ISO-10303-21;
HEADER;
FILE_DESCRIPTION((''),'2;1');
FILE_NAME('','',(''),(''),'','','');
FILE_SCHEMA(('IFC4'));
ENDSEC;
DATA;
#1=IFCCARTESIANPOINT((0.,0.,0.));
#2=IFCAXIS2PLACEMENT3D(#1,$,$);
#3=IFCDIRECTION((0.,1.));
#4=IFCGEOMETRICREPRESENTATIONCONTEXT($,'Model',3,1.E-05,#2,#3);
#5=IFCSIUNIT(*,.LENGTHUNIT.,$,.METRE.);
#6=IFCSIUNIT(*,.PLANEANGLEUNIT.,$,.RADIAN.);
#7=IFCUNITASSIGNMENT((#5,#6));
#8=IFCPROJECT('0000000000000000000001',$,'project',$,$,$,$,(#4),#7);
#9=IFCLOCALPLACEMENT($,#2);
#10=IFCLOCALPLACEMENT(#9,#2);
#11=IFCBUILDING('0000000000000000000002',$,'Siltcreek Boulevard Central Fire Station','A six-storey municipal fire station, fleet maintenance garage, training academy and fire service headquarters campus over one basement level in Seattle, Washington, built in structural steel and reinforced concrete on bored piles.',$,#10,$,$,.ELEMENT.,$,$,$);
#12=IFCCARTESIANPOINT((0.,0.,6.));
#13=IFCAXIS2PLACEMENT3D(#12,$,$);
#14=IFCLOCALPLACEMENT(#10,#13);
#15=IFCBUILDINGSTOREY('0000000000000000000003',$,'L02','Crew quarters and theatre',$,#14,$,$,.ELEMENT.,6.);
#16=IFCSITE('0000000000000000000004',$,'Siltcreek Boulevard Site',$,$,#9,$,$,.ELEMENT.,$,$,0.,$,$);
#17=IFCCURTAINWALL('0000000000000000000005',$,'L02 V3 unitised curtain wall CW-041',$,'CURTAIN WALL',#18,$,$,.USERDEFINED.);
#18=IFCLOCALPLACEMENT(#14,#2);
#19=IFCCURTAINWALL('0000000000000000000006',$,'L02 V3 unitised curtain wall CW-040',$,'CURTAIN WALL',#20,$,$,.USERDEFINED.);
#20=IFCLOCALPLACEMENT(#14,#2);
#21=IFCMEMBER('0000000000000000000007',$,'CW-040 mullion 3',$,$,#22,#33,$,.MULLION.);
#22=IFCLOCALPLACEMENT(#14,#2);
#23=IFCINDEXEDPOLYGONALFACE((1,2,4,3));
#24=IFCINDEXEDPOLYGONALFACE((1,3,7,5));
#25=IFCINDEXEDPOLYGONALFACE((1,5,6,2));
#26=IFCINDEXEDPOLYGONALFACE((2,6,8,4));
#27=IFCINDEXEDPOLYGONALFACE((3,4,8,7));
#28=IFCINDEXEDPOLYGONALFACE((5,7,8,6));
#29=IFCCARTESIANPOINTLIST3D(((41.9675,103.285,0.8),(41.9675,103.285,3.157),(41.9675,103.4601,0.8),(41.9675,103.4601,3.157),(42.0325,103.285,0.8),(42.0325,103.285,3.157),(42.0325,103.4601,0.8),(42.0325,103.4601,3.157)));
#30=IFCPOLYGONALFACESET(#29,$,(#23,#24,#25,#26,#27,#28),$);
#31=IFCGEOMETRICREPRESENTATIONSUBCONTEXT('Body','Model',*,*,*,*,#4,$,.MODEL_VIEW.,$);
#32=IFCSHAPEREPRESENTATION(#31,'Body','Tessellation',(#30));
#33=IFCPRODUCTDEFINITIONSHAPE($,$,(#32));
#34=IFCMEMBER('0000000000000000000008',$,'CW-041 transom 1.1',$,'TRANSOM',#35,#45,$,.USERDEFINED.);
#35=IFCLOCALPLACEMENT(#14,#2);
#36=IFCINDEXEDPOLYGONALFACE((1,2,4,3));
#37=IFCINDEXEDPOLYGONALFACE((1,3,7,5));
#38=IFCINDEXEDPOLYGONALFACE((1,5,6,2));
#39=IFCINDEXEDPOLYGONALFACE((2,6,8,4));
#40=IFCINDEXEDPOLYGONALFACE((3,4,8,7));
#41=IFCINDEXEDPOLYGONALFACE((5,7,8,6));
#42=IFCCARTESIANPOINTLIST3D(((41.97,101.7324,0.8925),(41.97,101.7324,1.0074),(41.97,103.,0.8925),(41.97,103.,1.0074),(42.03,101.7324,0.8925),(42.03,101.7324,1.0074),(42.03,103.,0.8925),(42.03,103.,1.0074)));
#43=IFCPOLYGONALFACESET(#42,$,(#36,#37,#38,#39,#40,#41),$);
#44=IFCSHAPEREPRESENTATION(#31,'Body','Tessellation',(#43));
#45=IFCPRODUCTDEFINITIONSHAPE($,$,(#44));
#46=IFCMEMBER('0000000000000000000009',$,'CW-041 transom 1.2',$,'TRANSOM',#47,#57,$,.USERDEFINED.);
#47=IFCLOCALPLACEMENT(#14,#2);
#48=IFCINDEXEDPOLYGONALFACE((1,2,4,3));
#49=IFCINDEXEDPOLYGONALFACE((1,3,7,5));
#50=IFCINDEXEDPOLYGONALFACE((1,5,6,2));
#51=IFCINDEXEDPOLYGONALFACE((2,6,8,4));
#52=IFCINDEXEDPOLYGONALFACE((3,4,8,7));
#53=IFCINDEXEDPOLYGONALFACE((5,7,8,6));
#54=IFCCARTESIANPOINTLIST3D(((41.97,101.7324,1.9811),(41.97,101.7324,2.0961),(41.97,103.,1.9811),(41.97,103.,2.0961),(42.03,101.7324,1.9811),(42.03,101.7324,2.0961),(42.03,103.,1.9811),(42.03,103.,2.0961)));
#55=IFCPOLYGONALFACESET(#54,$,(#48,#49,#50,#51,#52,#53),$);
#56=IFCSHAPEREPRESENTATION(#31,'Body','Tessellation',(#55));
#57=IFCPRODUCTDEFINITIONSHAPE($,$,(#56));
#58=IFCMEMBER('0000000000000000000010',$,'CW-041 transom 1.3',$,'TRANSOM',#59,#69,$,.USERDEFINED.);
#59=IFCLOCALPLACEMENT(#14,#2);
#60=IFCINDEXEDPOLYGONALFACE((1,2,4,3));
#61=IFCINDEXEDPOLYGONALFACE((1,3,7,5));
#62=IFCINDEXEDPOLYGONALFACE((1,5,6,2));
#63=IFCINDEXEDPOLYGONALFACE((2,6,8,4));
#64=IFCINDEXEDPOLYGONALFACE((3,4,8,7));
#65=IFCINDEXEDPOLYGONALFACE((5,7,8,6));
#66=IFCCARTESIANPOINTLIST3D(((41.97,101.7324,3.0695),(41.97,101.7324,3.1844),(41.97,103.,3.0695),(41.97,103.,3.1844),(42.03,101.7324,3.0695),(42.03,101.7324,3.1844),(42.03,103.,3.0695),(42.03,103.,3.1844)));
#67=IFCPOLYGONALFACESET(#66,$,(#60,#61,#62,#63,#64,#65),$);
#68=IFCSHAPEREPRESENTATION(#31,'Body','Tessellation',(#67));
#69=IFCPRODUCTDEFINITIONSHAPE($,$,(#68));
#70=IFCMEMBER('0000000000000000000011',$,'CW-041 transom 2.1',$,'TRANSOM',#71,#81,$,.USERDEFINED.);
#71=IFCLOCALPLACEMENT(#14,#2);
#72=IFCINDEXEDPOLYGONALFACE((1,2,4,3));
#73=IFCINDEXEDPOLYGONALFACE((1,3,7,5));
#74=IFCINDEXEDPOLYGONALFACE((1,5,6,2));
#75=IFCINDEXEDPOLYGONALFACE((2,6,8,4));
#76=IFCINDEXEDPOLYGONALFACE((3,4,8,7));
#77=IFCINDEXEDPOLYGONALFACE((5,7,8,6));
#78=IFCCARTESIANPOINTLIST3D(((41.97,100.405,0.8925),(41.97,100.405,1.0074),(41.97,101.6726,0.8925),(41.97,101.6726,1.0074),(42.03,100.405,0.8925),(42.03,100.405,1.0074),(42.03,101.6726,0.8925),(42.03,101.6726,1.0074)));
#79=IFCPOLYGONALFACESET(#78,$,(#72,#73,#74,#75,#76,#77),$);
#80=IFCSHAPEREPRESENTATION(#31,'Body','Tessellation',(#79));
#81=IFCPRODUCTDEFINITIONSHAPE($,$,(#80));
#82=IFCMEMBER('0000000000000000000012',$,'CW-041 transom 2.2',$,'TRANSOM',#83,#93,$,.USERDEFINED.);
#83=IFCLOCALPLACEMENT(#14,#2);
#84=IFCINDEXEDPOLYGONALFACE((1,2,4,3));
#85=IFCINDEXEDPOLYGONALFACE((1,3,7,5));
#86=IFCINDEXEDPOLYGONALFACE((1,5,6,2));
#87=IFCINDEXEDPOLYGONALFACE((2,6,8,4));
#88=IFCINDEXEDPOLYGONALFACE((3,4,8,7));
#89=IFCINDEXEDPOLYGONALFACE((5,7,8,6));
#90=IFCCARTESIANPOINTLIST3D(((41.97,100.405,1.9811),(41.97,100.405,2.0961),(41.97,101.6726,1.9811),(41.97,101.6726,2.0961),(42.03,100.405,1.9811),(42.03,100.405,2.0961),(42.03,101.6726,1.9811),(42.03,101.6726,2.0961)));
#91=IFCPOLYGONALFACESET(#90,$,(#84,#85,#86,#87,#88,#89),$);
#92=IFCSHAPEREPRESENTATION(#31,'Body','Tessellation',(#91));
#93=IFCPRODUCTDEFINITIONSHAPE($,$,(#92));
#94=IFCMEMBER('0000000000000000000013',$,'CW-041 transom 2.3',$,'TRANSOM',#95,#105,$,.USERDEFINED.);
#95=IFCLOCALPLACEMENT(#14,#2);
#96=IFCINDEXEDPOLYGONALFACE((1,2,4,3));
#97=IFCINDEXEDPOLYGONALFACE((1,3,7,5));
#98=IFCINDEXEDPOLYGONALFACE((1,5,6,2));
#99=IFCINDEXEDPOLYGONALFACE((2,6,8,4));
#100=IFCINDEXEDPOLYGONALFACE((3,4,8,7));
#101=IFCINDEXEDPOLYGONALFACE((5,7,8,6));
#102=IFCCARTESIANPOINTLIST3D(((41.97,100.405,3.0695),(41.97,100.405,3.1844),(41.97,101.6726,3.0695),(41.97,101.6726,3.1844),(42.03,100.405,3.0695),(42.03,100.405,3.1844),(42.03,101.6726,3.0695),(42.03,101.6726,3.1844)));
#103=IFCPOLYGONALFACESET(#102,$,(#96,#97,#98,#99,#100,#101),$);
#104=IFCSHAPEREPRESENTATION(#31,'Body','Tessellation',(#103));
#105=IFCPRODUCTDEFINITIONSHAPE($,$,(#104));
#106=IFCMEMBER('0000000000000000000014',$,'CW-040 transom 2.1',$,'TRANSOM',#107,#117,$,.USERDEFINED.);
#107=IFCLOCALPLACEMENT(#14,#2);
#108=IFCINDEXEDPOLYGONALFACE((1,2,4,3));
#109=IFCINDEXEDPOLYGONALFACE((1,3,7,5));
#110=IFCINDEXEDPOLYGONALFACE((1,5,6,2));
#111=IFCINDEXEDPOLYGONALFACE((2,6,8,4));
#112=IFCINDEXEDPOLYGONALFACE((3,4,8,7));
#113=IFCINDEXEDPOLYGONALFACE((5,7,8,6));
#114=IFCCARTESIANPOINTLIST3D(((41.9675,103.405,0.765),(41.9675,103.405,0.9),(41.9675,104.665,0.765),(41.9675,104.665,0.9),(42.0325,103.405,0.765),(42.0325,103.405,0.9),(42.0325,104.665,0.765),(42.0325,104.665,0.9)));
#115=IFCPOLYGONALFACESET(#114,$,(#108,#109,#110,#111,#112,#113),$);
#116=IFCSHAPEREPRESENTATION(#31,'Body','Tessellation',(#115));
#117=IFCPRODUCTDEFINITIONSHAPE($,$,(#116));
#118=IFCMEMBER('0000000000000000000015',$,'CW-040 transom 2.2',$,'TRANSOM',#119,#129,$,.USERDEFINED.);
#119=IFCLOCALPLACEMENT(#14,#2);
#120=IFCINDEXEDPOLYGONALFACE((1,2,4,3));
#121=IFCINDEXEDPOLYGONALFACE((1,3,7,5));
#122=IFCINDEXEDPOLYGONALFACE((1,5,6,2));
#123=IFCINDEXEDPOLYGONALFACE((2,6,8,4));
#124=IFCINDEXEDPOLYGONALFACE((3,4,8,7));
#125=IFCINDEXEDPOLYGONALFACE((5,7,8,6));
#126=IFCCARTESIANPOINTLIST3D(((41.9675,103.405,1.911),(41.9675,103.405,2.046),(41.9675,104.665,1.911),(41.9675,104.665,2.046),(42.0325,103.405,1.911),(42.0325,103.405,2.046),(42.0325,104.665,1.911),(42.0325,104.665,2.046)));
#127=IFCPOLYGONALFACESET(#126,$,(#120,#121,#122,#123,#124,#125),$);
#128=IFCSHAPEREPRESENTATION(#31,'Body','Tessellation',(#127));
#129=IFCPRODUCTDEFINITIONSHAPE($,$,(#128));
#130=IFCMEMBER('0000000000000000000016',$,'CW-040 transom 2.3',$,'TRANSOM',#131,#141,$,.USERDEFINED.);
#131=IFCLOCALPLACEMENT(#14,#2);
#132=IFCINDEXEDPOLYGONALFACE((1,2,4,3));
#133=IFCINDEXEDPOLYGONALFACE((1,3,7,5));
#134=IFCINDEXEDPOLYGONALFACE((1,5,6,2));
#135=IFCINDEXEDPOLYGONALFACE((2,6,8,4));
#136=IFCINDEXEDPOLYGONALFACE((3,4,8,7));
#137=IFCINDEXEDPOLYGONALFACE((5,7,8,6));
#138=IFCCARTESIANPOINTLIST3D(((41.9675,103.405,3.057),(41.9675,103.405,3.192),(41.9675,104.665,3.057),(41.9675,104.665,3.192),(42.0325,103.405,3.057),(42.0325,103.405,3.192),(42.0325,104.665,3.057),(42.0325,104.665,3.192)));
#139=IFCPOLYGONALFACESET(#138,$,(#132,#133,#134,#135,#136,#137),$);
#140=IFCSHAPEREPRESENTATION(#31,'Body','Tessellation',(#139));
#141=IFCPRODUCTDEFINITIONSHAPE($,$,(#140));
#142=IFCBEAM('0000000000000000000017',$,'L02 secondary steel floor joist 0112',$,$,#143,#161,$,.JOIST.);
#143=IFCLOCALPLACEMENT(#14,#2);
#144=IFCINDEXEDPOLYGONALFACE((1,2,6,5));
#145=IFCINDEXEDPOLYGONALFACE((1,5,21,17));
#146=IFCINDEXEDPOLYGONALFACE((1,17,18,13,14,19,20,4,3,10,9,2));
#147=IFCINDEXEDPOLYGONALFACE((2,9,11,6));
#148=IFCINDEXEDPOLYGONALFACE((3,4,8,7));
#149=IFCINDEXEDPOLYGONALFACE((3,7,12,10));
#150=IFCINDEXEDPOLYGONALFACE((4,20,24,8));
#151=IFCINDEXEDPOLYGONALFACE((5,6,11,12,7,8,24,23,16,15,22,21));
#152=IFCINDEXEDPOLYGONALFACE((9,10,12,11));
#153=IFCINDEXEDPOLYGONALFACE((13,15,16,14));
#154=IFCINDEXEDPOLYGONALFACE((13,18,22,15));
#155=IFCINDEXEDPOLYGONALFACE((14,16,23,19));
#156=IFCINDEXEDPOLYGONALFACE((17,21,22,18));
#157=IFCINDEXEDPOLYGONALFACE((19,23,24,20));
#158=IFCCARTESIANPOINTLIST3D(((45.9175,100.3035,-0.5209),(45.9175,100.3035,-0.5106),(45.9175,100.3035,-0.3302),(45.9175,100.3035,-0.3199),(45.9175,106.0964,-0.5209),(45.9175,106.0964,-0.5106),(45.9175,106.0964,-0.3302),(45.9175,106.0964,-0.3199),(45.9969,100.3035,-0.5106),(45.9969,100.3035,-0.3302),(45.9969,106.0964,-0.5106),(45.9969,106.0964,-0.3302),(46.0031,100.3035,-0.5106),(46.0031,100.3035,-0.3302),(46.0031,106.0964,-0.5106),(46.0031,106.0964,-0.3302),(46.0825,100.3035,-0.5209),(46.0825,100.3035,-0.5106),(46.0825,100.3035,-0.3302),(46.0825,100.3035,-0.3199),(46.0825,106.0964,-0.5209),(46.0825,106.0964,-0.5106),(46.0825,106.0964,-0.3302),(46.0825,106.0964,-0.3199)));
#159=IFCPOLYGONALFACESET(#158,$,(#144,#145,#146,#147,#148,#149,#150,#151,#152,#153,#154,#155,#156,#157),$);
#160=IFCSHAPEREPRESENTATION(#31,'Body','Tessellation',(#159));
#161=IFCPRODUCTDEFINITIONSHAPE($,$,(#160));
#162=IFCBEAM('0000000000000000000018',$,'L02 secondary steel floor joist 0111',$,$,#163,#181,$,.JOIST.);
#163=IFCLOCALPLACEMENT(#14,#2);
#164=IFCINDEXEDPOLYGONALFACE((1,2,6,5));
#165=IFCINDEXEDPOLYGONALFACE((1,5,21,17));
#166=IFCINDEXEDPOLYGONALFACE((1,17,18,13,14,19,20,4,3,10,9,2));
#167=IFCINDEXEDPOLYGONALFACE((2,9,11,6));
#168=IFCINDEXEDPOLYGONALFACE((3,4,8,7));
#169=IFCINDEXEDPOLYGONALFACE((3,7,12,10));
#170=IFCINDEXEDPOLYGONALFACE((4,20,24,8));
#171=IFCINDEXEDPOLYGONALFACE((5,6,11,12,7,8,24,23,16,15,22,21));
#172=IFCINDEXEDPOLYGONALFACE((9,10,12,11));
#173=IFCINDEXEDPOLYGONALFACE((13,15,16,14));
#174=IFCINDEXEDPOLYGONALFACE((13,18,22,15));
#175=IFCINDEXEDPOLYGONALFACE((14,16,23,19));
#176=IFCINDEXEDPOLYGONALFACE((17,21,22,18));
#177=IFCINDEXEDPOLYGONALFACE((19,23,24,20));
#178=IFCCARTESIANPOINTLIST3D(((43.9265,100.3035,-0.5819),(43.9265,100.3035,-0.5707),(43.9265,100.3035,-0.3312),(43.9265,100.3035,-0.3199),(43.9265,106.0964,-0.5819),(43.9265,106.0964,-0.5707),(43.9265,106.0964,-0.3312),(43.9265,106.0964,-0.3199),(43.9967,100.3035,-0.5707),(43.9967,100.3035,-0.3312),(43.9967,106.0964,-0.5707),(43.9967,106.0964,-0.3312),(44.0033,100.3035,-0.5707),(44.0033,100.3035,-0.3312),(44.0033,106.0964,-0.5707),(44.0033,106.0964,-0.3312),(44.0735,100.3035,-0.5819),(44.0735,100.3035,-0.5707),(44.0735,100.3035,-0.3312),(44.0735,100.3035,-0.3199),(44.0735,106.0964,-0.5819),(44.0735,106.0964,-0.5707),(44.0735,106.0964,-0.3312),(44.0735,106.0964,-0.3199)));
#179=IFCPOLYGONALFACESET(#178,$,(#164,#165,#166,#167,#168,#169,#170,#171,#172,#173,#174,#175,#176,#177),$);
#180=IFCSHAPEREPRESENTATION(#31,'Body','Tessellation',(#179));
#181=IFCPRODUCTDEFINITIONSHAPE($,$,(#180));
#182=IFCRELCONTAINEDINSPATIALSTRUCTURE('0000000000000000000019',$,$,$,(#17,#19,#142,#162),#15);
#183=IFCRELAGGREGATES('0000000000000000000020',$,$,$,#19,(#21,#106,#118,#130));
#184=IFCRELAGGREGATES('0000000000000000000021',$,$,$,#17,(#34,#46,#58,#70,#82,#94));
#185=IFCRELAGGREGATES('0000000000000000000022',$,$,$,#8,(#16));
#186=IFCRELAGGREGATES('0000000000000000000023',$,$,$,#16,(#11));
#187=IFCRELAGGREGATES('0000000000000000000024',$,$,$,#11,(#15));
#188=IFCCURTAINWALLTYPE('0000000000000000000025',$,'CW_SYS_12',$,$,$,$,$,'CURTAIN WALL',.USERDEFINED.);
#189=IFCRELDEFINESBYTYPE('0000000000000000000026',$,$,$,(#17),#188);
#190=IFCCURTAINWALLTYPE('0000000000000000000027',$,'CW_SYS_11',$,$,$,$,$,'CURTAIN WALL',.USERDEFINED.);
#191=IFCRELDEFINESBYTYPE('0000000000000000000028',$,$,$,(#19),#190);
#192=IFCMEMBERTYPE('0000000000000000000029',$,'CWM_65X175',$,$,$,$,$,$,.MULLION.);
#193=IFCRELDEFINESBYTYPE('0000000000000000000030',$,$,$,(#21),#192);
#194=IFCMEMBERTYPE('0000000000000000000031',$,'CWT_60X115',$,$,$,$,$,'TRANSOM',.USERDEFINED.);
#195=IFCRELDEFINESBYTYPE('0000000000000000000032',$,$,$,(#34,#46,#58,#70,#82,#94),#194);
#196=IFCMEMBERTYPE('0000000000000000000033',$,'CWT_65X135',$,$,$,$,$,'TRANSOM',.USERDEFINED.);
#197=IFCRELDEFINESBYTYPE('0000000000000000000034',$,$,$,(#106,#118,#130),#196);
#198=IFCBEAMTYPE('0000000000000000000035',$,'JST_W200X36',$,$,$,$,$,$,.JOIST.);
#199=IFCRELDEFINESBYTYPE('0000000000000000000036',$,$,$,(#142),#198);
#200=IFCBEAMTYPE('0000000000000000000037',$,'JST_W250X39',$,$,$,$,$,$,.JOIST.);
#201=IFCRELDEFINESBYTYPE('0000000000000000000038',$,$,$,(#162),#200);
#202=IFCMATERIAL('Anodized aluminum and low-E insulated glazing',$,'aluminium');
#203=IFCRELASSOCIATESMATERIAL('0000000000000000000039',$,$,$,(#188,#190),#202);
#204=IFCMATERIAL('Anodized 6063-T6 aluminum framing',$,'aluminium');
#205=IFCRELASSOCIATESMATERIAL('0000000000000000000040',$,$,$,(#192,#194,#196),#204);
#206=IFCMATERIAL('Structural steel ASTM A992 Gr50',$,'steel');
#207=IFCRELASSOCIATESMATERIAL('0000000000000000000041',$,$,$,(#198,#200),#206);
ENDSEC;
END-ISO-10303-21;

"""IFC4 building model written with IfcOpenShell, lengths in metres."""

from ifc_helpers import new_model, si_unit, direction, frame, origin, origin_2d, place, context, subcontext, project, spatial, rectangle, i_section, extrude, material, material_profile, profile_set, type_object, element, aggregate, save


model = new_model("IFC4")

# Units and contexts
model_context = context("Model", 3, precision=1e-05, world=origin(), true_north=direction((0.0, 1.0)))
body_context = subcontext(model_context, "Body", "Model", "MODEL_VIEW")
ifc_project = project(units=[si_unit("LENGTHUNIT", "METRE"), si_unit("PLANEANGLEUNIT", "RADIAN")], contexts=[model_context])

# Site, building, storey
site_placement = place(None, origin())
site = spatial("IfcSite", under=ifc_project, at=site_placement, Name="Siltcreek Boulevard Site", CompositionType="ELEMENT", RefElevation=0.0)
building_placement = place(site_placement, origin())
building = spatial("IfcBuilding", under=site, at=building_placement, Name="Siltcreek Boulevard Central Fire Station", Description="A six-storey municipal fire station, fleet maintenance garage, training academy and fire service headquarters campus over one basement level in Seattle, Washington, built in structural steel and reinforced concrete on bored piles.", CompositionType="ELEMENT")
storey_placement = place(building_placement, frame((0.0, 0.0, 6.0)))
storey = spatial("IfcBuildingStorey", under=building, at=storey_placement, Name="L02", Description="Crew quarters and theatre", CompositionType="ELEMENT", Elevation=6.0)

# Shared definitions
ifc_material_1 = material(Name="Structural steel ASTM A992 Gr50", Category="steel")

# Curtain walls, member
ifc_material_2 = material(Name="Anodized aluminum and low-E insulated glazing", Category="aluminium")
curtain_wall_type_1 = type_object("IfcCurtainWallType", Name="CW_SYS_12", ElementType="CURTAIN WALL", PredefinedType="USERDEFINED", material=ifc_material_2)
curtain_wall_1_placement = place(storey_placement, origin())
curtain_wall_1 = element("IfcCurtainWall", 1, at=curtain_wall_1_placement, inside=storey, type_object=curtain_wall_type_1, Name="L02 V3 unitised curtain wall CW-041", ObjectType="CURTAIN WALL", PredefinedType="USERDEFINED")
ifc_material_3 = material(Name="Anodized 6063-T6 aluminum framing", Category="aluminium")
curtain_wall_type_2 = type_object("IfcCurtainWallType", Name="CW_SYS_11", ElementType="CURTAIN WALL", PredefinedType="USERDEFINED", material=ifc_material_2)
curtain_wall_2_placement = place(storey_placement, origin())
curtain_wall_2 = element("IfcCurtainWall", 2, at=curtain_wall_2_placement, inside=storey, type_object=curtain_wall_type_2, Name="L02 V3 unitised curtain wall CW-040", ObjectType="CURTAIN WALL", PredefinedType="USERDEFINED")
ifc_material_profile_1 = material_profile(ifc_material_3, rectangle(XDim=0.0649, YDim=0.175, at=origin_2d()), Name="MULL65X175")
ifc_profile_set_1 = profile_set([ifc_material_profile_1], Name="Anodized 6063-T6 aluminum framing")
member_type_1 = type_object("IfcMemberType", Name="CWM_65X175", PredefinedType="MULLION", material=ifc_profile_set_1)
member_1_placement = place(storey_placement, frame((42.0, 103.3726, 0.8), z_axis=(0.0, 0.0, 1.0), x_axis=(1.0, 0.0, 0.0)))
member_1 = element("IfcMember", 3, at=member_1_placement, type_object=member_type_1, Name="CW-040 mullion 3", PredefinedType="MULLION", context=body_context, shape_type="SweptSolid", body=[
    extrude(rectangle(XDim=0.0649, YDim=0.175, at=origin_2d()), origin(), (0.0, 0.0, 1.0), 2.3569),
])

# Members
ifc_material_profile_2 = material_profile(ifc_material_3, rectangle(XDim=0.0601, YDim=0.115, at=origin_2d()), Name="TRAN60X115")
ifc_profile_set_2 = profile_set([ifc_material_profile_2], Name="Anodized 6063-T6 aluminum framing")
member_type_2 = type_object("IfcMemberType", Name="CWT_60X115", ElementType="TRANSOM", PredefinedType="USERDEFINED", material=ifc_profile_set_2)
member_2_placement = place(storey_placement, frame((42.0, 103.0, 0.95), z_axis=(0.0, -1.0, 0.0), x_axis=(1.0, 0.0, 0.0)))
member_2 = element("IfcMember", 4, at=member_2_placement, type_object=member_type_2, Name="CW-041 transom 1.1", ObjectType="TRANSOM", PredefinedType="USERDEFINED", context=body_context, shape_type="SweptSolid", body=[
    extrude(rectangle(XDim=0.0601, YDim=0.115, at=origin_2d()), origin(), (0.0, 0.0, 1.0), 1.2676),
])
member_3_placement = place(storey_placement, frame((42.0, 103.0, 2.0386), z_axis=(0.0, -1.0, 0.0), x_axis=(1.0, 0.0, 0.0)))
member_3 = element("IfcMember", 5, at=member_3_placement, type_object=member_type_2, Name="CW-041 transom 1.2", ObjectType="TRANSOM", PredefinedType="USERDEFINED", context=body_context, shape_type="SweptSolid", body=[
    extrude(rectangle(XDim=0.0601, YDim=0.115, at=origin_2d()), origin(), (0.0, 0.0, 1.0), 1.2676),
])
member_4_placement = place(storey_placement, frame((42.0, 103.0, 3.127), z_axis=(0.0, -1.0, 0.0), x_axis=(1.0, 0.0, 0.0)))
member_4 = element("IfcMember", 6, at=member_4_placement, type_object=member_type_2, Name="CW-041 transom 1.3", ObjectType="TRANSOM", PredefinedType="USERDEFINED", context=body_context, shape_type="SweptSolid", body=[
    extrude(rectangle(XDim=0.0601, YDim=0.115, at=origin_2d()), origin(), (0.0, 0.0, 1.0), 1.2676),
])
member_5_placement = place(storey_placement, frame((42.0, 101.6726, 0.95), z_axis=(0.0, -1.0, 0.0), x_axis=(1.0, 0.0, 0.0)))
member_5 = element("IfcMember", 7, at=member_5_placement, type_object=member_type_2, Name="CW-041 transom 2.1", ObjectType="TRANSOM", PredefinedType="USERDEFINED", context=body_context, shape_type="SweptSolid", body=[
    extrude(rectangle(XDim=0.0601, YDim=0.115, at=origin_2d()), origin(), (0.0, 0.0, 1.0), 1.2676),
])
member_6_placement = place(storey_placement, frame((42.0, 101.6726, 2.0386), z_axis=(0.0, -1.0, 0.0), x_axis=(1.0, 0.0, 0.0)))
member_6 = element("IfcMember", 8, at=member_6_placement, type_object=member_type_2, Name="CW-041 transom 2.2", ObjectType="TRANSOM", PredefinedType="USERDEFINED", context=body_context, shape_type="SweptSolid", body=[
    extrude(rectangle(XDim=0.0601, YDim=0.115, at=origin_2d()), origin(), (0.0, 0.0, 1.0), 1.2676),
])
member_7_placement = place(storey_placement, frame((42.0, 101.6726, 3.127), z_axis=(0.0, -1.0, 0.0), x_axis=(1.0, 0.0, 0.0)))
member_7 = element("IfcMember", 9, at=member_7_placement, type_object=member_type_2, Name="CW-041 transom 2.3", ObjectType="TRANSOM", PredefinedType="USERDEFINED", context=body_context, shape_type="SweptSolid", body=[
    extrude(rectangle(XDim=0.0601, YDim=0.115, at=origin_2d()), origin(), (0.0, 0.0, 1.0), 1.2676),
])
ifc_material_profile_3 = material_profile(ifc_material_3, rectangle(XDim=0.0649, YDim=0.135, at=origin_2d()), Name="TRAN65X135")
ifc_profile_set_3 = profile_set([ifc_material_profile_3], Name="Anodized 6063-T6 aluminum framing")
member_type_3 = type_object("IfcMemberType", Name="CWT_65X135", ElementType="TRANSOM", PredefinedType="USERDEFINED", material=ifc_profile_set_3)
member_8_placement = place(storey_placement, frame((42.0, 104.665, 0.8325), z_axis=(0.0, -1.0, 0.0), x_axis=(1.0, 0.0, 0.0)))
member_8 = element("IfcMember", 10, at=member_8_placement, type_object=member_type_3, Name="CW-040 transom 2.1", ObjectType="TRANSOM", PredefinedType="USERDEFINED", context=body_context, shape_type="SweptSolid", body=[
    extrude(rectangle(XDim=0.0649, YDim=0.135, at=origin_2d()), origin(), (0.0, 0.0, 1.0), 1.26),
])
member_9_placement = place(storey_placement, frame((42.0, 104.665, 1.9785), z_axis=(0.0, -1.0, 0.0), x_axis=(1.0, 0.0, 0.0)))
member_9 = element("IfcMember", 11, at=member_9_placement, type_object=member_type_3, Name="CW-040 transom 2.2", ObjectType="TRANSOM", PredefinedType="USERDEFINED", context=body_context, shape_type="SweptSolid", body=[
    extrude(rectangle(XDim=0.0649, YDim=0.135, at=origin_2d()), origin(), (0.0, 0.0, 1.0), 1.26),
])
member_10_placement = place(storey_placement, frame((42.0, 104.665, 3.1245), z_axis=(0.0, -1.0, 0.0), x_axis=(1.0, 0.0, 0.0)))
member_10 = element("IfcMember", 12, at=member_10_placement, type_object=member_type_3, Name="CW-040 transom 2.3", ObjectType="TRANSOM", PredefinedType="USERDEFINED", context=body_context, shape_type="SweptSolid", body=[
    extrude(rectangle(XDim=0.0649, YDim=0.135, at=origin_2d()), origin(), (0.0, 0.0, 1.0), 1.26),
])

# Beams
ifc_material_profile_4 = material_profile(ifc_material_1, i_section(OverallWidth=0.165, OverallDepth=0.2009, WebThickness=0.0061, FlangeThickness=0.0103, at=origin_2d()), Name="W200X36")
ifc_profile_set_4 = profile_set([ifc_material_profile_4], Name="Structural steel ASTM A992 Gr50")
beam_type_1 = type_object("IfcBeamType", Name="JST_W200X36", PredefinedType="JOIST", material=ifc_profile_set_4)
beam_1_placement = place(storey_placement, frame((46.0, 100.3035, -0.4204), z_axis=(0.0, 1.0, 0.0), x_axis=(-1.0, 0.0, 0.0)))
element("IfcBeam", 13, at=beam_1_placement, inside=storey, type_object=beam_type_1, Name="L02 secondary steel floor joist 0112", PredefinedType="JOIST", context=body_context, shape_type="SweptSolid", body=[
    extrude(i_section(OverallWidth=0.165, OverallDepth=0.2009, WebThickness=0.0061, FlangeThickness=0.0103, at=origin_2d()), origin(), (0.0, 0.0, 1.0), 5.793),
])
ifc_material_profile_5 = material_profile(ifc_material_1, i_section(OverallWidth=0.147, OverallDepth=0.262, WebThickness=0.0066, FlangeThickness=0.0112, at=origin_2d()), Name="W250X39")
ifc_profile_set_5 = profile_set([ifc_material_profile_5], Name="Structural steel ASTM A992 Gr50")
beam_type_2 = type_object("IfcBeamType", Name="JST_W250X39", PredefinedType="JOIST", material=ifc_profile_set_5)
beam_2_placement = place(storey_placement, frame((44.0, 100.3035, -0.4509), z_axis=(0.0, 1.0, 0.0), x_axis=(-1.0, 0.0, 0.0)))
element("IfcBeam", 14, at=beam_2_placement, inside=storey, type_object=beam_type_2, Name="L02 secondary steel floor joist 0111", PredefinedType="JOIST", context=body_context, shape_type="SweptSolid", body=[
    extrude(i_section(OverallWidth=0.147, OverallDepth=0.262, WebThickness=0.0066, FlangeThickness=0.0112, at=origin_2d()), origin(), (0.0, 0.0, 1.0), 5.793),
])

aggregate(curtain_wall_2, [member_1, member_8, member_9, member_10])
aggregate(curtain_wall_1, [member_2, member_3, member_4, member_5, member_6, member_7])

save(model, "model.ifc")
